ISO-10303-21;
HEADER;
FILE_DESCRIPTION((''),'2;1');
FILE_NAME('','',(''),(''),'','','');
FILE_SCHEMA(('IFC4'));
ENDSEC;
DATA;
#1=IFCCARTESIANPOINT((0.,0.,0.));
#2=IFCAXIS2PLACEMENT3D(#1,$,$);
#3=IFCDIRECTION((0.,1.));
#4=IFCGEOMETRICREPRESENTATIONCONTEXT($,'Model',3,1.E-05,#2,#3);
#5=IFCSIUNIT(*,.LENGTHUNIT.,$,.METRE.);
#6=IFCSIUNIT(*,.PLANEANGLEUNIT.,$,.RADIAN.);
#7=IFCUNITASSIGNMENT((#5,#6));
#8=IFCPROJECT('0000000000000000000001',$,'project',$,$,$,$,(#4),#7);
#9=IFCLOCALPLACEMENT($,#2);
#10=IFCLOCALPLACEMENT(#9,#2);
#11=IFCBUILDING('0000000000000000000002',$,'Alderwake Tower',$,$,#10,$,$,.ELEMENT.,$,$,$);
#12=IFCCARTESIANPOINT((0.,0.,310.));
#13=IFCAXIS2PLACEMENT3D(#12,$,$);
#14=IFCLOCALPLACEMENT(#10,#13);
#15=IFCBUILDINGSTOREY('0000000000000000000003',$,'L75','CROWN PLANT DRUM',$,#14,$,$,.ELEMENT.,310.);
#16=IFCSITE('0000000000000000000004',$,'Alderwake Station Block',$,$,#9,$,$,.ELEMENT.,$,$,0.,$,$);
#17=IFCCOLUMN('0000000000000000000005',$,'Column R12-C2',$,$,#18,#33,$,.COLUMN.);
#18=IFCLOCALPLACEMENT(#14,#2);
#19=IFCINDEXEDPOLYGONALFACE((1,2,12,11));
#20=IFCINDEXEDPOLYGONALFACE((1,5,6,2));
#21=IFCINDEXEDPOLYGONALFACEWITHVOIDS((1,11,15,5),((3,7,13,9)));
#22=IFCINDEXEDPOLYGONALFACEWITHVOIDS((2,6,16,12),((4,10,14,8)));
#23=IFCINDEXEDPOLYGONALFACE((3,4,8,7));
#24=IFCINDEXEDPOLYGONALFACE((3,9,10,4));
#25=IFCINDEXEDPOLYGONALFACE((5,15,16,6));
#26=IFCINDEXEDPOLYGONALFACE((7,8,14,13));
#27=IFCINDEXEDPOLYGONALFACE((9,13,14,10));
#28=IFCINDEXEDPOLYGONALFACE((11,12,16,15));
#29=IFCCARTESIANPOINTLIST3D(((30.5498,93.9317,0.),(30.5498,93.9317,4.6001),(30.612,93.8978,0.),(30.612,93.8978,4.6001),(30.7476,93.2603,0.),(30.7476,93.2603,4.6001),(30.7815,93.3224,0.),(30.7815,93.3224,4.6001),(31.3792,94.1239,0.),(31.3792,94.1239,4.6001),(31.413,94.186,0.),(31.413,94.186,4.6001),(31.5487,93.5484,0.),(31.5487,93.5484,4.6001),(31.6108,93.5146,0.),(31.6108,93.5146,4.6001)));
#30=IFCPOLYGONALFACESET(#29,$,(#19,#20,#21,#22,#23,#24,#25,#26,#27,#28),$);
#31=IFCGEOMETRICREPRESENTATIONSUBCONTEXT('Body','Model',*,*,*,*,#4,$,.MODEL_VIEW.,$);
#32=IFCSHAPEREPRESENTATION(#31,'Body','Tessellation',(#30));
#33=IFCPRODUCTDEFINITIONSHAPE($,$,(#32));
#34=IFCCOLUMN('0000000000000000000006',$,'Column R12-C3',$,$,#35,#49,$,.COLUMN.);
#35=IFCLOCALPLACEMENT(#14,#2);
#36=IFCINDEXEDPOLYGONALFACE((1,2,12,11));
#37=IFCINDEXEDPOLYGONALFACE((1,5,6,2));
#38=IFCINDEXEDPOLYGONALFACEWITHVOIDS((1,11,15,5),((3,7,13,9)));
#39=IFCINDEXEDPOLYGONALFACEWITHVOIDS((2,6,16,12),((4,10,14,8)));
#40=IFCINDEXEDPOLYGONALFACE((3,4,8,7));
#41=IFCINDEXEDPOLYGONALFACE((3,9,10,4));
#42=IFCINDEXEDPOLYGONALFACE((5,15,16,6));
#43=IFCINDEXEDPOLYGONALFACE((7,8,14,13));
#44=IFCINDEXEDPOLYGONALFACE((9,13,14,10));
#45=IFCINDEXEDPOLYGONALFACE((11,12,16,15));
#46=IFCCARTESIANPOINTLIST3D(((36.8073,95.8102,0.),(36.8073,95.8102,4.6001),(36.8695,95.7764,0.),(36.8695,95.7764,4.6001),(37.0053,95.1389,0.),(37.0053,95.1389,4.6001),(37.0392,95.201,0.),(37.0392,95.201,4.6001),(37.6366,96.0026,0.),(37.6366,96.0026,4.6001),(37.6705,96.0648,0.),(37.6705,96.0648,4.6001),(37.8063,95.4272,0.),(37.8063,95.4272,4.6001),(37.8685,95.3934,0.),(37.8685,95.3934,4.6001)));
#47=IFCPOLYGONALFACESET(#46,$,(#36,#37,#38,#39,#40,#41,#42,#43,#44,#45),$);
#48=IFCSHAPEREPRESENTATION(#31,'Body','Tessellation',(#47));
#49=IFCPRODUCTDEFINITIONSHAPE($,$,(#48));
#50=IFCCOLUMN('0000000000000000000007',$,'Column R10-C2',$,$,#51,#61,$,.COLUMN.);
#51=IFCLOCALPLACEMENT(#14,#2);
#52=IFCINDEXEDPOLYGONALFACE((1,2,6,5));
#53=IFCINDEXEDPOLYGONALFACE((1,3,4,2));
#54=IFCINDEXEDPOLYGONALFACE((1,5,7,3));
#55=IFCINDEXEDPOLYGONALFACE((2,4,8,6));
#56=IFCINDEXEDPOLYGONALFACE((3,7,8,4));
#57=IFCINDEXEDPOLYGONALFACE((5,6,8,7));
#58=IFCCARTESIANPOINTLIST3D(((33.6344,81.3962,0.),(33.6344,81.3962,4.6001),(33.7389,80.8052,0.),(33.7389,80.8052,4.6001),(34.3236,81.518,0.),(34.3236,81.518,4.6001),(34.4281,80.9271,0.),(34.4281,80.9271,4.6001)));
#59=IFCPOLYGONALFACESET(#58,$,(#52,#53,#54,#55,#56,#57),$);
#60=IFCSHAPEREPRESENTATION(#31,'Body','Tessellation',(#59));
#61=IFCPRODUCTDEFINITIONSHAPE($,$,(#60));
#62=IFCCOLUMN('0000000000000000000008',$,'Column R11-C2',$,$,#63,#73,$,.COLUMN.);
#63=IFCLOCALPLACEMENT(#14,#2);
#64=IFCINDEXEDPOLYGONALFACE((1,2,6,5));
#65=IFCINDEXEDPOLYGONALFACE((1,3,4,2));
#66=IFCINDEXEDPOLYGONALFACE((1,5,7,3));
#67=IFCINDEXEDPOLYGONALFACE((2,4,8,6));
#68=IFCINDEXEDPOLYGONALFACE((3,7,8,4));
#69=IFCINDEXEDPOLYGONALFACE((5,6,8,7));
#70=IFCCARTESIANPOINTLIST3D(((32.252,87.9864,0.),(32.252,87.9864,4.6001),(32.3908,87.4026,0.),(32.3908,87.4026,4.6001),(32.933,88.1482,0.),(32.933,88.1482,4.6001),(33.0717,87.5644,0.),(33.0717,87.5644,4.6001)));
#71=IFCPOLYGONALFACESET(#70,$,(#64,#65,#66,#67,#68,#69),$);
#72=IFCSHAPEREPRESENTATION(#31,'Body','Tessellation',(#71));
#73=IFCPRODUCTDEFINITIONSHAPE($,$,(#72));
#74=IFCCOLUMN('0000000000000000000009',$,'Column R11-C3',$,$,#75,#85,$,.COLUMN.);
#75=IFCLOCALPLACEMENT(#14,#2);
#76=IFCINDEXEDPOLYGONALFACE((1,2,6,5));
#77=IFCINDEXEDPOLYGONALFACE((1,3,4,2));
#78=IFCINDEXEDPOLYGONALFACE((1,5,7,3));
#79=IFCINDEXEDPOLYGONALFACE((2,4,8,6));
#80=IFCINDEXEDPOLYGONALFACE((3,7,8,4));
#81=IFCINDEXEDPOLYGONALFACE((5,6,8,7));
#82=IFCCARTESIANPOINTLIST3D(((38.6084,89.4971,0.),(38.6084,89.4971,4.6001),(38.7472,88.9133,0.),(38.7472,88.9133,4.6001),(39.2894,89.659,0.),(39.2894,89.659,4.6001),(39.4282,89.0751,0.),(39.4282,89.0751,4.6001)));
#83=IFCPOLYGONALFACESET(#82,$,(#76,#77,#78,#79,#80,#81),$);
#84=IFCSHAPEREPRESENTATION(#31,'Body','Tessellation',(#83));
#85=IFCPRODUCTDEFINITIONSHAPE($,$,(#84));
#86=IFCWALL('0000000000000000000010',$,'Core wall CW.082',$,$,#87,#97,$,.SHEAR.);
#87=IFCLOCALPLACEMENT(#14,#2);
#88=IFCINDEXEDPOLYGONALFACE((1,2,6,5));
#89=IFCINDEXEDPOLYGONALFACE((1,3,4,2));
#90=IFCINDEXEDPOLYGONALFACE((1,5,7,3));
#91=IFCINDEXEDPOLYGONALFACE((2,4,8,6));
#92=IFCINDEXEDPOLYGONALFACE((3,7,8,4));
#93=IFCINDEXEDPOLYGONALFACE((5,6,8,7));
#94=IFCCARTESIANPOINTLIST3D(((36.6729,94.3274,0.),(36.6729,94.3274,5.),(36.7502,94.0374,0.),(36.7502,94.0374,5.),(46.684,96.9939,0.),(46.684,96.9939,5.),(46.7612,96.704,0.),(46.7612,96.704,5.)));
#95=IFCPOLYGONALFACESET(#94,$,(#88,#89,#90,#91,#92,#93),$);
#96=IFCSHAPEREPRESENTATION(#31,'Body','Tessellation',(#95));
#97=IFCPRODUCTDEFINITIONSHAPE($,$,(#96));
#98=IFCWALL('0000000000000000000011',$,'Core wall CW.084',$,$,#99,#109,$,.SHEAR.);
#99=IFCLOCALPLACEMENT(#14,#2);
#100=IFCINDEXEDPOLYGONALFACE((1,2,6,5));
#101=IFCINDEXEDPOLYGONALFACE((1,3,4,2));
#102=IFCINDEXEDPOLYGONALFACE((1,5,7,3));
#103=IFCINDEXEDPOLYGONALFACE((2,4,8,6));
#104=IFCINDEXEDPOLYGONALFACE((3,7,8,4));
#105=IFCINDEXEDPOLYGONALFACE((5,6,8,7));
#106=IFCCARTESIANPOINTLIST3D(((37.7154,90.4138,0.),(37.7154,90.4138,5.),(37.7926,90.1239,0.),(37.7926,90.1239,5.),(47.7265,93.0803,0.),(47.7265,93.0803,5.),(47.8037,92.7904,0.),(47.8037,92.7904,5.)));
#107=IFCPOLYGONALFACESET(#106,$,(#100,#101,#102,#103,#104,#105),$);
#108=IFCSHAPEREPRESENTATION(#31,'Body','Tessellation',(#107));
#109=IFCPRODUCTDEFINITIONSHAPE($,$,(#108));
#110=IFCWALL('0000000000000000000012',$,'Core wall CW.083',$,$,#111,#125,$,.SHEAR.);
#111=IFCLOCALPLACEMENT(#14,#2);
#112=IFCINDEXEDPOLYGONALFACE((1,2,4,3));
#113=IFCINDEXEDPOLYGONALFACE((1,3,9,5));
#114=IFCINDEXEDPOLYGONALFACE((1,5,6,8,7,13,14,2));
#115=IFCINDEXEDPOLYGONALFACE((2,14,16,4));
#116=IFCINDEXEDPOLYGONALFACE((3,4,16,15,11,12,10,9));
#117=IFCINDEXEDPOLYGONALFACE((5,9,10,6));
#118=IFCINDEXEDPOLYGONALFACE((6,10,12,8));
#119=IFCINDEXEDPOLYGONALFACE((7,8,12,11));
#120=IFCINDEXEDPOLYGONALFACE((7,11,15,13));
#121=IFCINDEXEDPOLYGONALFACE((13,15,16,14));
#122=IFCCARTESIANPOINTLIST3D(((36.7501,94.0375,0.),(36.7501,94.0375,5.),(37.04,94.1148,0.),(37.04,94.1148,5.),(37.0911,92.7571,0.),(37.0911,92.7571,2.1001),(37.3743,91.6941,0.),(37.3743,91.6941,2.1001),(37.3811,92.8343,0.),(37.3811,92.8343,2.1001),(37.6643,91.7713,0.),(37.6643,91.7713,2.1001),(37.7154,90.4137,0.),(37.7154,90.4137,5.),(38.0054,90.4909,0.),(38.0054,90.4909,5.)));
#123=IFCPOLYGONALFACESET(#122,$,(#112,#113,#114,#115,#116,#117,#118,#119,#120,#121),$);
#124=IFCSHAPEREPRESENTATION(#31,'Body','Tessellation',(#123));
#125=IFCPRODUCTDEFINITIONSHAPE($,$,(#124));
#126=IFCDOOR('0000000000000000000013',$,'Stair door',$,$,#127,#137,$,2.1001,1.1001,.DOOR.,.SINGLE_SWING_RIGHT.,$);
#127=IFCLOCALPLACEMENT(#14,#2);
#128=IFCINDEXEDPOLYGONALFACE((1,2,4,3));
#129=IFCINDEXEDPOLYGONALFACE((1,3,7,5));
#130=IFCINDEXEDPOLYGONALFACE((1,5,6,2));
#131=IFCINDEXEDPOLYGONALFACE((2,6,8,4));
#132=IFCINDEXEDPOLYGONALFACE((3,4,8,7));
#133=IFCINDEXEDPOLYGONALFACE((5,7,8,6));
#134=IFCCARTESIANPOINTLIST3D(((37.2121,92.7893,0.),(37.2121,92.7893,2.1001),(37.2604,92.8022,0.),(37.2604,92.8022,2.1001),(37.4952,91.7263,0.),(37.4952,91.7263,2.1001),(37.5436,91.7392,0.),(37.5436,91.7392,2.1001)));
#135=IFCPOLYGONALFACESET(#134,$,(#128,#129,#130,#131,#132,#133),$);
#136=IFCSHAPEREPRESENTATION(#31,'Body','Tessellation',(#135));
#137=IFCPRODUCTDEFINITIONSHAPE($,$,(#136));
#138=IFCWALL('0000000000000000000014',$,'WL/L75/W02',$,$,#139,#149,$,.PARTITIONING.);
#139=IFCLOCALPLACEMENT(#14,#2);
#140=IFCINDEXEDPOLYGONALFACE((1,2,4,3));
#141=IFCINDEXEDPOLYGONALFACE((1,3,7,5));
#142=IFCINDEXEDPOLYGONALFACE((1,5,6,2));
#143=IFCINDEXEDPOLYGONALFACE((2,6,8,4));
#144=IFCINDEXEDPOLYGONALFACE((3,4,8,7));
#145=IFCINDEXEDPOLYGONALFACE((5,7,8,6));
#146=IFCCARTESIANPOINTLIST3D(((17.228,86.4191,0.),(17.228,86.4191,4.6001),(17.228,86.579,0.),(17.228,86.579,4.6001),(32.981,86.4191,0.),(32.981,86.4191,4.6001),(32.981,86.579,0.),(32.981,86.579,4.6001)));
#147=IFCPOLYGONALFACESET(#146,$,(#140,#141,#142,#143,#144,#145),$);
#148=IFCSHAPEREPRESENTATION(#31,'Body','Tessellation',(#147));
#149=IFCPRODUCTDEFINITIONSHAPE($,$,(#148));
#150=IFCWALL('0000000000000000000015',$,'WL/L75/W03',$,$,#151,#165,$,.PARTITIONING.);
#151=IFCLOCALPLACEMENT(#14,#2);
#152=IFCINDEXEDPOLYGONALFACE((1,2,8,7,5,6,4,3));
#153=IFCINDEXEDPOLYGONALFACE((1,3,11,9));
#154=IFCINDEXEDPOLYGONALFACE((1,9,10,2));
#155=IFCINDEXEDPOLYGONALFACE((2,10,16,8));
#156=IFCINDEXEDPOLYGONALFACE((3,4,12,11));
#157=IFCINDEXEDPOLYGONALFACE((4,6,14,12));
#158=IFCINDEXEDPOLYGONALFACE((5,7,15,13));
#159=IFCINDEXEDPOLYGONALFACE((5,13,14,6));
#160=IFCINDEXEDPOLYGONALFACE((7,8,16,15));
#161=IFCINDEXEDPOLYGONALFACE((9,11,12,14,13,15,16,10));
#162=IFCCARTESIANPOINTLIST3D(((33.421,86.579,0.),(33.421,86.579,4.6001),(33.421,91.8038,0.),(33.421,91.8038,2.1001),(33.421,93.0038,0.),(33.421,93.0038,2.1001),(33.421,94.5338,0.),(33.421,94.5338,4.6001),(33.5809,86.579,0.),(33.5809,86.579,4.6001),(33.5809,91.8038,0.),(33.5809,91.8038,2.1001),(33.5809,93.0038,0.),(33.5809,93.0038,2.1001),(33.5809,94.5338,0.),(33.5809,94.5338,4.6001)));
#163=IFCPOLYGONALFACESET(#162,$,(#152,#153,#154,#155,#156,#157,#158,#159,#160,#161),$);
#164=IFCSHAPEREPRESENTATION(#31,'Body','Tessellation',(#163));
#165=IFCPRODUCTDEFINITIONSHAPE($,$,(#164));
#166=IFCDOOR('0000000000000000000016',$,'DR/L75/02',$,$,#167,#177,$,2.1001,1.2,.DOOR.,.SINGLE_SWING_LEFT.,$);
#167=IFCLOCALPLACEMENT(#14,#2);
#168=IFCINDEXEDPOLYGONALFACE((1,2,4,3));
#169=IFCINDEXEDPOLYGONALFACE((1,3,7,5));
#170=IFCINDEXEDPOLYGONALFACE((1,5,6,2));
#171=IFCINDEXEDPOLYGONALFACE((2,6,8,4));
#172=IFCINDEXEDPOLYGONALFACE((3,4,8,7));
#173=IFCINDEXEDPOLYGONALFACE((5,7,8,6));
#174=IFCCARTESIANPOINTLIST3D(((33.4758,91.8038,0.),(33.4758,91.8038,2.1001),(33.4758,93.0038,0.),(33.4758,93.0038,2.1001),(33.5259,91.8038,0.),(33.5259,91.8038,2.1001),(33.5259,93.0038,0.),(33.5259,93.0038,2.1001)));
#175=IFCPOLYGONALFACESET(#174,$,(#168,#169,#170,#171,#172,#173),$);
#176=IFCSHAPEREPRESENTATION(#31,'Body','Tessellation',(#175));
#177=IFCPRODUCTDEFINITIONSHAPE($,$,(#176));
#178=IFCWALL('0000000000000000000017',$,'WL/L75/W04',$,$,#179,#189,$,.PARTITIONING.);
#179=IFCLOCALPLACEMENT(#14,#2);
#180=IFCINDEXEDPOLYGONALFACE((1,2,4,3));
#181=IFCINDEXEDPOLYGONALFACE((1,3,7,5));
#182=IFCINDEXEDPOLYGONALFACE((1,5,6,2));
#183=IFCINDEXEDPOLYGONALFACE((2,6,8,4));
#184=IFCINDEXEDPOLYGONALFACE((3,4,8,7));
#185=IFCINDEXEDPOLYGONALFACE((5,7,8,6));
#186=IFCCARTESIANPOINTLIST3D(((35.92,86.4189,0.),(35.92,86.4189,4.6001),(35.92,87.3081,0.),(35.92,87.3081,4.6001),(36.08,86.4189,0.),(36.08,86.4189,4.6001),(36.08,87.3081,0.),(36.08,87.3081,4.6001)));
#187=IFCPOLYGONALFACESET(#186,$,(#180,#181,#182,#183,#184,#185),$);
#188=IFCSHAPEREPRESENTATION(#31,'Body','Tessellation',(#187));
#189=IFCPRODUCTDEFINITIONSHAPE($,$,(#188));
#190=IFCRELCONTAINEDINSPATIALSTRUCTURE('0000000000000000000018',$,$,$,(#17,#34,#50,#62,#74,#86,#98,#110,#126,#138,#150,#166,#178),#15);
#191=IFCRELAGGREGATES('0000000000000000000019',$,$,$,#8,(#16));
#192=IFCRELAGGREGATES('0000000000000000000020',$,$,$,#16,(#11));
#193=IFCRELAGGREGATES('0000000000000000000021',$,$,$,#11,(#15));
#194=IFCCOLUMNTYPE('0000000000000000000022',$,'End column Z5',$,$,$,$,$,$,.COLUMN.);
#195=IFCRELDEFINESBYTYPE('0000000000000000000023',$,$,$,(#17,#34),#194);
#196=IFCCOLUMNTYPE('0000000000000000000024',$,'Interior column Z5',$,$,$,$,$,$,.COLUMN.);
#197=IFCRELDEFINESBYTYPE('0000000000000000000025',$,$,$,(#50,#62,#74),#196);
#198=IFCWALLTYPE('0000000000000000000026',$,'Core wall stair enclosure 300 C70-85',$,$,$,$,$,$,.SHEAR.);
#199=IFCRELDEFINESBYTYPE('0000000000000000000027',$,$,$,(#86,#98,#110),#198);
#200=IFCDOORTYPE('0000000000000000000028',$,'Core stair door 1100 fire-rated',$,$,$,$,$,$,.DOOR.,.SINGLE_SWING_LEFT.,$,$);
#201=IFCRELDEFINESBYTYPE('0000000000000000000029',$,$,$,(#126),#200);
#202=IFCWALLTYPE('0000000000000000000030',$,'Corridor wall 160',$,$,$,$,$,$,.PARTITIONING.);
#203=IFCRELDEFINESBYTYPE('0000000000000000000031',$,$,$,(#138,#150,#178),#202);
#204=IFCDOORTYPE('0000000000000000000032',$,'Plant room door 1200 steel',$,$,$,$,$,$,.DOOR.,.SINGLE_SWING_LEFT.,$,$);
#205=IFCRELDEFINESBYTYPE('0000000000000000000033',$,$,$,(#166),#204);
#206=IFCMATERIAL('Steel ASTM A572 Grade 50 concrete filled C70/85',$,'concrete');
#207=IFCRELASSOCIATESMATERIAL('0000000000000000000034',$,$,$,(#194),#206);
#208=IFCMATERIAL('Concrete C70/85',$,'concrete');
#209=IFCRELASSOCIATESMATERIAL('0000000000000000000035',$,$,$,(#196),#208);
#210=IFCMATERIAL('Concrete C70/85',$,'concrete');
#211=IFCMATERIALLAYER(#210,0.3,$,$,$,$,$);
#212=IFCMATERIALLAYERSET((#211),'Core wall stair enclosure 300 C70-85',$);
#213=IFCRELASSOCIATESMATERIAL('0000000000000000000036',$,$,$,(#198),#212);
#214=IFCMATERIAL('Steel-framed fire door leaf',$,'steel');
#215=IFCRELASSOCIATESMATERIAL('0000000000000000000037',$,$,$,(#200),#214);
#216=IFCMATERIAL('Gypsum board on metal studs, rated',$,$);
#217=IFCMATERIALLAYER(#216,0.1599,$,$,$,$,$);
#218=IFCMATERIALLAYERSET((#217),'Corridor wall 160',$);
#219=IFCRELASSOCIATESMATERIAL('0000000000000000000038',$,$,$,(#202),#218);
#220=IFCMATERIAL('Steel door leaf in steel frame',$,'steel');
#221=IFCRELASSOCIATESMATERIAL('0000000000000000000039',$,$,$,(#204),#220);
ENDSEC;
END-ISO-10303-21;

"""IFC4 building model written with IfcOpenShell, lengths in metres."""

from ifc_helpers import new_model, si_unit, direction, frame, frame_2d, origin, origin_2d, place, context, subcontext, project, spatial, rectangle, hollow_rectangle, extrude, material, layer, layer_set, material_profile, profile_set, type_object, element, fill, save


model = new_model("IFC4")

# Units and contexts
model_context = context("Model", 3, precision=1e-05, world=origin(), true_north=direction((0.0, 1.0)))
body_context = subcontext(model_context, "Body", "Model", "MODEL_VIEW")
ifc_project = project(units=[si_unit("LENGTHUNIT", "METRE"), si_unit("PLANEANGLEUNIT", "RADIAN")], contexts=[model_context])

# Site, building, storey
site_placement = place(None, origin())
site = spatial("IfcSite", under=ifc_project, at=site_placement, Name="Alderwake Station Block", CompositionType="ELEMENT", RefElevation=0.0)
building_placement = place(site_placement, origin())
building = spatial("IfcBuilding", under=site, at=building_placement, Name="Alderwake Tower", CompositionType="ELEMENT")
storey_placement = place(building_placement, frame((0.0, 0.0, 310.0)))
storey = spatial("IfcBuildingStorey", under=building, at=storey_placement, Name="L75", Description="CROWN PLANT DRUM", CompositionType="ELEMENT", Elevation=310.0)

# Columns
ifc_material_1 = material(Name="Steel ASTM A572 Grade 50 concrete filled C70/85", Category="concrete")
ifc_material_profile_1 = material_profile(ifc_material_1, hollow_rectangle(XDim=0.7, YDim=0.8999, WallThickness=0.05, at=origin_2d()), Name="BOX 900X700X50")
ifc_profile_set_1 = profile_set([ifc_material_profile_1], Name="Steel ASTM A572 Grade 50 concrete filled C70/85")
column_type_1 = type_object("IfcColumnType", Name="End column Z5", PredefinedType="COLUMN", material=ifc_profile_set_1)
for number, where, z_axis, x_axis, name in (
    (1, (31.0803, 93.7231, 0.0), (0.0, 0.0, 1.0), (-0.282583, 0.959243, 0.0), "Column R12-C2"),
    (2, (37.3379, 95.6018, 0.0), (0.0, 0.0, 1.0), (-0.282847, 0.959165, 0.0), "Column R12-C3"),
):
    element("IfcColumn", number, at=place(storey_placement, frame(where, z_axis=z_axis, x_axis=x_axis)), inside=storey, type_object=column_type_1, Name=name, PredefinedType="COLUMN", context=body_context, shape_type="SweptSolid", body=[
        extrude(hollow_rectangle(XDim=0.7, YDim=0.8999, WallThickness=0.05, at=origin_2d()), origin(), (0.0, 0.0, 1.0), 4.6001),
    ])
ifc_material_2 = material(Name="Concrete C70/85", Category="concrete")
ifc_material_profile_2 = material_profile(ifc_material_2, rectangle(XDim=0.6001, YDim=0.7, at=origin_2d()), Name="RC 700X600")
ifc_profile_set_2 = profile_set([ifc_material_profile_2], Name="Concrete C70/85")
column_type_2 = type_object("IfcColumnType", Name="Interior column Z5", PredefinedType="COLUMN", material=ifc_profile_set_2)
for number, where, z_axis, x_axis, name in (
    (3, (34.0312, 81.1616, 0.0), (0.0, 0.0, 1.0), (-0.174109, 0.984726, 0.0), "Column R10-C2"),
    (4, (32.6619, 87.7754, 0.0), (0.0, 0.0, 1.0), (-0.231222, 0.972901, 0.0), "Column R11-C2"),
    (5, (39.0183, 89.2861, 0.0), (0.0, 0.0, 1.0), (-0.231222, 0.972901, 0.0), "Column R11-C3"),
):
    element("IfcColumn", number, at=place(storey_placement, frame(where, z_axis=z_axis, x_axis=x_axis)), inside=storey, type_object=column_type_2, Name=name, PredefinedType="COLUMN", context=body_context, shape_type="SweptSolid", body=[
        extrude(rectangle(XDim=0.6001, YDim=0.7, at=origin_2d()), origin(), (0.0, 0.0, 1.0), 4.6001),
    ])

# Walls
ifc_material_3 = material(Name="Concrete C70/85", Category="concrete")
ifc_layer_1 = layer(ifc_material_3, 0.3)
ifc_layer_set_1 = layer_set([ifc_layer_1], Name="Core wall stair enclosure 300 C70-85")
wall_type_1 = type_object("IfcWallType", Name="Core wall stair enclosure 300 C70-85", PredefinedType="SHEAR", material=ifc_layer_set_1)
for number, where, z_axis, x_axis, name in (
    (6, (36.7114, 94.1824, 0.0), (0.0, 0.0, 1.0), (0.966309, 0.257384, 0.0), "Core wall CW.082"),
    (7, (37.7539, 90.2688, 0.0), (0.0, 0.0, 1.0), (0.966309, 0.257384, 0.0), "Core wall CW.084"),
):
    element("IfcWall", number, at=place(storey_placement, frame(where, z_axis=z_axis, x_axis=x_axis)), inside=storey, type_object=wall_type_1, Name=name, PredefinedType="SHEAR", context=body_context, shape_type="SweptSolid", body=[
        extrude(rectangle(XDim=10.3601, YDim=0.3, at=frame_2d((5.1802, 0.0))), origin(), (0.0, 0.0, 1.0), 5.0),
    ])

# Wall, opening, door
wall_1_placement = place(storey_placement, frame((37.8604, 90.4524, 0.0), z_axis=(0.0, 0.0, 1.0), x_axis=(-0.257411, 0.966302, 0.0)))
wall_1 = element("IfcWall", 8, at=wall_1_placement, inside=storey, type_object=wall_type_1, Name="Core wall CW.083", PredefinedType="SHEAR", context=body_context, shape_type="SweptSolid", body=[
    extrude(rectangle(XDim=3.7502, YDim=0.3, at=frame_2d((1.875, 0.0))), origin(), (0.0, 0.0, 1.0), 5.0),
])
opening_1_placement = place(wall_1_placement, frame((1.325, 0.0, 0.0)))
opening_1 = element("IfcOpeningElement", 9, at=opening_1_placement, cuts=wall_1, PredefinedType="OPENING", context=body_context, shape_type="SweptSolid", body=[
    extrude(rectangle(XDim=1.1001, YDim=2.1001, at=frame_2d((0.55, 1.05))), frame((0.0, 0.1599, 0.0), z_axis=(0.0, -1.0, 0.0), x_axis=(1.0, 0.0, 0.0)), (0.0, 0.0, 1.0), 0.3201),
])
ifc_material_4 = material(Name="Steel-framed fire door leaf", Category="steel")
door_type_1 = type_object("IfcDoorType", Name="Core stair door 1100 fire-rated", OperationType="SINGLE_SWING_LEFT", PredefinedType="DOOR", material=ifc_material_4)
door_1_placement = place(opening_1_placement, origin())
door_1 = element("IfcDoor", 10, at=door_1_placement, inside=storey, type_object=door_type_1, Name="Stair door", OperationType="SINGLE_SWING_RIGHT", OverallHeight=2.1001, OverallWidth=1.1001, PredefinedType="DOOR", context=body_context, shape_type="SweptSolid", body=[
    extrude(rectangle(XDim=1.1001, YDim=2.1001, at=frame_2d((0.55, 1.05))), frame((0.0, 0.0249, 0.0), z_axis=(0.0, -1.0, 0.0), x_axis=(1.0, 0.0, 0.0)), (0.0, 0.0, 1.0), 0.05),
])
fill(opening_1, door_1)

# Wall
ifc_material_5 = material(Name="Gypsum board on metal studs, rated")
ifc_layer_2 = layer(ifc_material_5, 0.1599)
ifc_layer_set_2 = layer_set([ifc_layer_2], Name="Corridor wall 160")
wall_type_2 = type_object("IfcWallType", Name="Corridor wall 160", PredefinedType="PARTITIONING", material=ifc_layer_set_2)
wall_2_placement = place(storey_placement, frame((32.981, 86.499, 0.0), z_axis=(0.0, 0.0, 1.0), x_axis=(-1.0, 0.0, 0.0)))
element("IfcWall", 11, at=wall_2_placement, inside=storey, type_object=wall_type_2, Name="WL/L75/W02", PredefinedType="PARTITIONING", context=body_context, shape_type="SweptSolid", body=[
    extrude(rectangle(XDim=15.7529, YDim=0.1599, at=frame_2d((7.8765, 0.0))), origin(), (0.0, 0.0, 1.0), 4.6001),
])

# Wall, opening, door
wall_3_placement = place(storey_placement, frame((33.501, 94.5339, 0.0), z_axis=(0.0, 0.0, 1.0), x_axis=(0.0, -1.0, 0.0)))
wall_3 = element("IfcWall", 12, at=wall_3_placement, inside=storey, type_object=wall_type_2, Name="WL/L75/W03", PredefinedType="PARTITIONING", context=body_context, shape_type="SweptSolid", body=[
    extrude(rectangle(XDim=7.9548, YDim=0.1599, at=frame_2d((3.9775, 0.0))), origin(), (0.0, 0.0, 1.0), 4.6001),
])
opening_2_placement = place(wall_3_placement, frame((1.53, 0.0, 0.0)))
opening_2 = element("IfcOpeningElement", 13, at=opening_2_placement, cuts=wall_3, PredefinedType="OPENING", context=body_context, shape_type="SweptSolid", body=[
    extrude(rectangle(XDim=1.2, YDim=2.1001, at=frame_2d((0.6001, 1.05))), frame((0.0, 0.0898, 0.0), z_axis=(0.0, -1.0, 0.0), x_axis=(1.0, 0.0, 0.0)), (0.0, 0.0, 1.0), 0.1799),
])
ifc_material_6 = material(Name="Steel door leaf in steel frame", Category="steel")
door_type_2 = type_object("IfcDoorType", Name="Plant room door 1200 steel", OperationType="SINGLE_SWING_LEFT", PredefinedType="DOOR", material=ifc_material_6)
door_2_placement = place(opening_2_placement, origin())
door_2 = element("IfcDoor", 14, at=door_2_placement, inside=storey, type_object=door_type_2, Name="DR/L75/02", OperationType="SINGLE_SWING_LEFT", OverallHeight=2.1001, OverallWidth=1.2, PredefinedType="DOOR", context=body_context, shape_type="SweptSolid", body=[
    extrude(rectangle(XDim=1.2, YDim=2.1001, at=frame_2d((0.6001, 1.05))), frame((0.0, 0.0249, 0.0), z_axis=(0.0, -1.0, 0.0), x_axis=(1.0, 0.0, 0.0)), (0.0, 0.0, 1.0), 0.05),
])
fill(opening_2, door_2)

# Wall
wall_4_placement = place(storey_placement, frame((36.0, 86.4189, 0.0), z_axis=(0.0, 0.0, 1.0), x_axis=(0.0, 1.0, 0.0)))
element("IfcWall", 15, at=wall_4_placement, inside=storey, type_object=wall_type_2, Name="WL/L75/W04", PredefinedType="PARTITIONING", context=body_context, shape_type="SweptSolid", body=[
    extrude(rectangle(XDim=0.8892, YDim=0.1599, at=frame_2d((0.4446, 0.0))), origin(), (0.0, 0.0, 1.0), 4.6001),
])

save(model, "model.ifc")
